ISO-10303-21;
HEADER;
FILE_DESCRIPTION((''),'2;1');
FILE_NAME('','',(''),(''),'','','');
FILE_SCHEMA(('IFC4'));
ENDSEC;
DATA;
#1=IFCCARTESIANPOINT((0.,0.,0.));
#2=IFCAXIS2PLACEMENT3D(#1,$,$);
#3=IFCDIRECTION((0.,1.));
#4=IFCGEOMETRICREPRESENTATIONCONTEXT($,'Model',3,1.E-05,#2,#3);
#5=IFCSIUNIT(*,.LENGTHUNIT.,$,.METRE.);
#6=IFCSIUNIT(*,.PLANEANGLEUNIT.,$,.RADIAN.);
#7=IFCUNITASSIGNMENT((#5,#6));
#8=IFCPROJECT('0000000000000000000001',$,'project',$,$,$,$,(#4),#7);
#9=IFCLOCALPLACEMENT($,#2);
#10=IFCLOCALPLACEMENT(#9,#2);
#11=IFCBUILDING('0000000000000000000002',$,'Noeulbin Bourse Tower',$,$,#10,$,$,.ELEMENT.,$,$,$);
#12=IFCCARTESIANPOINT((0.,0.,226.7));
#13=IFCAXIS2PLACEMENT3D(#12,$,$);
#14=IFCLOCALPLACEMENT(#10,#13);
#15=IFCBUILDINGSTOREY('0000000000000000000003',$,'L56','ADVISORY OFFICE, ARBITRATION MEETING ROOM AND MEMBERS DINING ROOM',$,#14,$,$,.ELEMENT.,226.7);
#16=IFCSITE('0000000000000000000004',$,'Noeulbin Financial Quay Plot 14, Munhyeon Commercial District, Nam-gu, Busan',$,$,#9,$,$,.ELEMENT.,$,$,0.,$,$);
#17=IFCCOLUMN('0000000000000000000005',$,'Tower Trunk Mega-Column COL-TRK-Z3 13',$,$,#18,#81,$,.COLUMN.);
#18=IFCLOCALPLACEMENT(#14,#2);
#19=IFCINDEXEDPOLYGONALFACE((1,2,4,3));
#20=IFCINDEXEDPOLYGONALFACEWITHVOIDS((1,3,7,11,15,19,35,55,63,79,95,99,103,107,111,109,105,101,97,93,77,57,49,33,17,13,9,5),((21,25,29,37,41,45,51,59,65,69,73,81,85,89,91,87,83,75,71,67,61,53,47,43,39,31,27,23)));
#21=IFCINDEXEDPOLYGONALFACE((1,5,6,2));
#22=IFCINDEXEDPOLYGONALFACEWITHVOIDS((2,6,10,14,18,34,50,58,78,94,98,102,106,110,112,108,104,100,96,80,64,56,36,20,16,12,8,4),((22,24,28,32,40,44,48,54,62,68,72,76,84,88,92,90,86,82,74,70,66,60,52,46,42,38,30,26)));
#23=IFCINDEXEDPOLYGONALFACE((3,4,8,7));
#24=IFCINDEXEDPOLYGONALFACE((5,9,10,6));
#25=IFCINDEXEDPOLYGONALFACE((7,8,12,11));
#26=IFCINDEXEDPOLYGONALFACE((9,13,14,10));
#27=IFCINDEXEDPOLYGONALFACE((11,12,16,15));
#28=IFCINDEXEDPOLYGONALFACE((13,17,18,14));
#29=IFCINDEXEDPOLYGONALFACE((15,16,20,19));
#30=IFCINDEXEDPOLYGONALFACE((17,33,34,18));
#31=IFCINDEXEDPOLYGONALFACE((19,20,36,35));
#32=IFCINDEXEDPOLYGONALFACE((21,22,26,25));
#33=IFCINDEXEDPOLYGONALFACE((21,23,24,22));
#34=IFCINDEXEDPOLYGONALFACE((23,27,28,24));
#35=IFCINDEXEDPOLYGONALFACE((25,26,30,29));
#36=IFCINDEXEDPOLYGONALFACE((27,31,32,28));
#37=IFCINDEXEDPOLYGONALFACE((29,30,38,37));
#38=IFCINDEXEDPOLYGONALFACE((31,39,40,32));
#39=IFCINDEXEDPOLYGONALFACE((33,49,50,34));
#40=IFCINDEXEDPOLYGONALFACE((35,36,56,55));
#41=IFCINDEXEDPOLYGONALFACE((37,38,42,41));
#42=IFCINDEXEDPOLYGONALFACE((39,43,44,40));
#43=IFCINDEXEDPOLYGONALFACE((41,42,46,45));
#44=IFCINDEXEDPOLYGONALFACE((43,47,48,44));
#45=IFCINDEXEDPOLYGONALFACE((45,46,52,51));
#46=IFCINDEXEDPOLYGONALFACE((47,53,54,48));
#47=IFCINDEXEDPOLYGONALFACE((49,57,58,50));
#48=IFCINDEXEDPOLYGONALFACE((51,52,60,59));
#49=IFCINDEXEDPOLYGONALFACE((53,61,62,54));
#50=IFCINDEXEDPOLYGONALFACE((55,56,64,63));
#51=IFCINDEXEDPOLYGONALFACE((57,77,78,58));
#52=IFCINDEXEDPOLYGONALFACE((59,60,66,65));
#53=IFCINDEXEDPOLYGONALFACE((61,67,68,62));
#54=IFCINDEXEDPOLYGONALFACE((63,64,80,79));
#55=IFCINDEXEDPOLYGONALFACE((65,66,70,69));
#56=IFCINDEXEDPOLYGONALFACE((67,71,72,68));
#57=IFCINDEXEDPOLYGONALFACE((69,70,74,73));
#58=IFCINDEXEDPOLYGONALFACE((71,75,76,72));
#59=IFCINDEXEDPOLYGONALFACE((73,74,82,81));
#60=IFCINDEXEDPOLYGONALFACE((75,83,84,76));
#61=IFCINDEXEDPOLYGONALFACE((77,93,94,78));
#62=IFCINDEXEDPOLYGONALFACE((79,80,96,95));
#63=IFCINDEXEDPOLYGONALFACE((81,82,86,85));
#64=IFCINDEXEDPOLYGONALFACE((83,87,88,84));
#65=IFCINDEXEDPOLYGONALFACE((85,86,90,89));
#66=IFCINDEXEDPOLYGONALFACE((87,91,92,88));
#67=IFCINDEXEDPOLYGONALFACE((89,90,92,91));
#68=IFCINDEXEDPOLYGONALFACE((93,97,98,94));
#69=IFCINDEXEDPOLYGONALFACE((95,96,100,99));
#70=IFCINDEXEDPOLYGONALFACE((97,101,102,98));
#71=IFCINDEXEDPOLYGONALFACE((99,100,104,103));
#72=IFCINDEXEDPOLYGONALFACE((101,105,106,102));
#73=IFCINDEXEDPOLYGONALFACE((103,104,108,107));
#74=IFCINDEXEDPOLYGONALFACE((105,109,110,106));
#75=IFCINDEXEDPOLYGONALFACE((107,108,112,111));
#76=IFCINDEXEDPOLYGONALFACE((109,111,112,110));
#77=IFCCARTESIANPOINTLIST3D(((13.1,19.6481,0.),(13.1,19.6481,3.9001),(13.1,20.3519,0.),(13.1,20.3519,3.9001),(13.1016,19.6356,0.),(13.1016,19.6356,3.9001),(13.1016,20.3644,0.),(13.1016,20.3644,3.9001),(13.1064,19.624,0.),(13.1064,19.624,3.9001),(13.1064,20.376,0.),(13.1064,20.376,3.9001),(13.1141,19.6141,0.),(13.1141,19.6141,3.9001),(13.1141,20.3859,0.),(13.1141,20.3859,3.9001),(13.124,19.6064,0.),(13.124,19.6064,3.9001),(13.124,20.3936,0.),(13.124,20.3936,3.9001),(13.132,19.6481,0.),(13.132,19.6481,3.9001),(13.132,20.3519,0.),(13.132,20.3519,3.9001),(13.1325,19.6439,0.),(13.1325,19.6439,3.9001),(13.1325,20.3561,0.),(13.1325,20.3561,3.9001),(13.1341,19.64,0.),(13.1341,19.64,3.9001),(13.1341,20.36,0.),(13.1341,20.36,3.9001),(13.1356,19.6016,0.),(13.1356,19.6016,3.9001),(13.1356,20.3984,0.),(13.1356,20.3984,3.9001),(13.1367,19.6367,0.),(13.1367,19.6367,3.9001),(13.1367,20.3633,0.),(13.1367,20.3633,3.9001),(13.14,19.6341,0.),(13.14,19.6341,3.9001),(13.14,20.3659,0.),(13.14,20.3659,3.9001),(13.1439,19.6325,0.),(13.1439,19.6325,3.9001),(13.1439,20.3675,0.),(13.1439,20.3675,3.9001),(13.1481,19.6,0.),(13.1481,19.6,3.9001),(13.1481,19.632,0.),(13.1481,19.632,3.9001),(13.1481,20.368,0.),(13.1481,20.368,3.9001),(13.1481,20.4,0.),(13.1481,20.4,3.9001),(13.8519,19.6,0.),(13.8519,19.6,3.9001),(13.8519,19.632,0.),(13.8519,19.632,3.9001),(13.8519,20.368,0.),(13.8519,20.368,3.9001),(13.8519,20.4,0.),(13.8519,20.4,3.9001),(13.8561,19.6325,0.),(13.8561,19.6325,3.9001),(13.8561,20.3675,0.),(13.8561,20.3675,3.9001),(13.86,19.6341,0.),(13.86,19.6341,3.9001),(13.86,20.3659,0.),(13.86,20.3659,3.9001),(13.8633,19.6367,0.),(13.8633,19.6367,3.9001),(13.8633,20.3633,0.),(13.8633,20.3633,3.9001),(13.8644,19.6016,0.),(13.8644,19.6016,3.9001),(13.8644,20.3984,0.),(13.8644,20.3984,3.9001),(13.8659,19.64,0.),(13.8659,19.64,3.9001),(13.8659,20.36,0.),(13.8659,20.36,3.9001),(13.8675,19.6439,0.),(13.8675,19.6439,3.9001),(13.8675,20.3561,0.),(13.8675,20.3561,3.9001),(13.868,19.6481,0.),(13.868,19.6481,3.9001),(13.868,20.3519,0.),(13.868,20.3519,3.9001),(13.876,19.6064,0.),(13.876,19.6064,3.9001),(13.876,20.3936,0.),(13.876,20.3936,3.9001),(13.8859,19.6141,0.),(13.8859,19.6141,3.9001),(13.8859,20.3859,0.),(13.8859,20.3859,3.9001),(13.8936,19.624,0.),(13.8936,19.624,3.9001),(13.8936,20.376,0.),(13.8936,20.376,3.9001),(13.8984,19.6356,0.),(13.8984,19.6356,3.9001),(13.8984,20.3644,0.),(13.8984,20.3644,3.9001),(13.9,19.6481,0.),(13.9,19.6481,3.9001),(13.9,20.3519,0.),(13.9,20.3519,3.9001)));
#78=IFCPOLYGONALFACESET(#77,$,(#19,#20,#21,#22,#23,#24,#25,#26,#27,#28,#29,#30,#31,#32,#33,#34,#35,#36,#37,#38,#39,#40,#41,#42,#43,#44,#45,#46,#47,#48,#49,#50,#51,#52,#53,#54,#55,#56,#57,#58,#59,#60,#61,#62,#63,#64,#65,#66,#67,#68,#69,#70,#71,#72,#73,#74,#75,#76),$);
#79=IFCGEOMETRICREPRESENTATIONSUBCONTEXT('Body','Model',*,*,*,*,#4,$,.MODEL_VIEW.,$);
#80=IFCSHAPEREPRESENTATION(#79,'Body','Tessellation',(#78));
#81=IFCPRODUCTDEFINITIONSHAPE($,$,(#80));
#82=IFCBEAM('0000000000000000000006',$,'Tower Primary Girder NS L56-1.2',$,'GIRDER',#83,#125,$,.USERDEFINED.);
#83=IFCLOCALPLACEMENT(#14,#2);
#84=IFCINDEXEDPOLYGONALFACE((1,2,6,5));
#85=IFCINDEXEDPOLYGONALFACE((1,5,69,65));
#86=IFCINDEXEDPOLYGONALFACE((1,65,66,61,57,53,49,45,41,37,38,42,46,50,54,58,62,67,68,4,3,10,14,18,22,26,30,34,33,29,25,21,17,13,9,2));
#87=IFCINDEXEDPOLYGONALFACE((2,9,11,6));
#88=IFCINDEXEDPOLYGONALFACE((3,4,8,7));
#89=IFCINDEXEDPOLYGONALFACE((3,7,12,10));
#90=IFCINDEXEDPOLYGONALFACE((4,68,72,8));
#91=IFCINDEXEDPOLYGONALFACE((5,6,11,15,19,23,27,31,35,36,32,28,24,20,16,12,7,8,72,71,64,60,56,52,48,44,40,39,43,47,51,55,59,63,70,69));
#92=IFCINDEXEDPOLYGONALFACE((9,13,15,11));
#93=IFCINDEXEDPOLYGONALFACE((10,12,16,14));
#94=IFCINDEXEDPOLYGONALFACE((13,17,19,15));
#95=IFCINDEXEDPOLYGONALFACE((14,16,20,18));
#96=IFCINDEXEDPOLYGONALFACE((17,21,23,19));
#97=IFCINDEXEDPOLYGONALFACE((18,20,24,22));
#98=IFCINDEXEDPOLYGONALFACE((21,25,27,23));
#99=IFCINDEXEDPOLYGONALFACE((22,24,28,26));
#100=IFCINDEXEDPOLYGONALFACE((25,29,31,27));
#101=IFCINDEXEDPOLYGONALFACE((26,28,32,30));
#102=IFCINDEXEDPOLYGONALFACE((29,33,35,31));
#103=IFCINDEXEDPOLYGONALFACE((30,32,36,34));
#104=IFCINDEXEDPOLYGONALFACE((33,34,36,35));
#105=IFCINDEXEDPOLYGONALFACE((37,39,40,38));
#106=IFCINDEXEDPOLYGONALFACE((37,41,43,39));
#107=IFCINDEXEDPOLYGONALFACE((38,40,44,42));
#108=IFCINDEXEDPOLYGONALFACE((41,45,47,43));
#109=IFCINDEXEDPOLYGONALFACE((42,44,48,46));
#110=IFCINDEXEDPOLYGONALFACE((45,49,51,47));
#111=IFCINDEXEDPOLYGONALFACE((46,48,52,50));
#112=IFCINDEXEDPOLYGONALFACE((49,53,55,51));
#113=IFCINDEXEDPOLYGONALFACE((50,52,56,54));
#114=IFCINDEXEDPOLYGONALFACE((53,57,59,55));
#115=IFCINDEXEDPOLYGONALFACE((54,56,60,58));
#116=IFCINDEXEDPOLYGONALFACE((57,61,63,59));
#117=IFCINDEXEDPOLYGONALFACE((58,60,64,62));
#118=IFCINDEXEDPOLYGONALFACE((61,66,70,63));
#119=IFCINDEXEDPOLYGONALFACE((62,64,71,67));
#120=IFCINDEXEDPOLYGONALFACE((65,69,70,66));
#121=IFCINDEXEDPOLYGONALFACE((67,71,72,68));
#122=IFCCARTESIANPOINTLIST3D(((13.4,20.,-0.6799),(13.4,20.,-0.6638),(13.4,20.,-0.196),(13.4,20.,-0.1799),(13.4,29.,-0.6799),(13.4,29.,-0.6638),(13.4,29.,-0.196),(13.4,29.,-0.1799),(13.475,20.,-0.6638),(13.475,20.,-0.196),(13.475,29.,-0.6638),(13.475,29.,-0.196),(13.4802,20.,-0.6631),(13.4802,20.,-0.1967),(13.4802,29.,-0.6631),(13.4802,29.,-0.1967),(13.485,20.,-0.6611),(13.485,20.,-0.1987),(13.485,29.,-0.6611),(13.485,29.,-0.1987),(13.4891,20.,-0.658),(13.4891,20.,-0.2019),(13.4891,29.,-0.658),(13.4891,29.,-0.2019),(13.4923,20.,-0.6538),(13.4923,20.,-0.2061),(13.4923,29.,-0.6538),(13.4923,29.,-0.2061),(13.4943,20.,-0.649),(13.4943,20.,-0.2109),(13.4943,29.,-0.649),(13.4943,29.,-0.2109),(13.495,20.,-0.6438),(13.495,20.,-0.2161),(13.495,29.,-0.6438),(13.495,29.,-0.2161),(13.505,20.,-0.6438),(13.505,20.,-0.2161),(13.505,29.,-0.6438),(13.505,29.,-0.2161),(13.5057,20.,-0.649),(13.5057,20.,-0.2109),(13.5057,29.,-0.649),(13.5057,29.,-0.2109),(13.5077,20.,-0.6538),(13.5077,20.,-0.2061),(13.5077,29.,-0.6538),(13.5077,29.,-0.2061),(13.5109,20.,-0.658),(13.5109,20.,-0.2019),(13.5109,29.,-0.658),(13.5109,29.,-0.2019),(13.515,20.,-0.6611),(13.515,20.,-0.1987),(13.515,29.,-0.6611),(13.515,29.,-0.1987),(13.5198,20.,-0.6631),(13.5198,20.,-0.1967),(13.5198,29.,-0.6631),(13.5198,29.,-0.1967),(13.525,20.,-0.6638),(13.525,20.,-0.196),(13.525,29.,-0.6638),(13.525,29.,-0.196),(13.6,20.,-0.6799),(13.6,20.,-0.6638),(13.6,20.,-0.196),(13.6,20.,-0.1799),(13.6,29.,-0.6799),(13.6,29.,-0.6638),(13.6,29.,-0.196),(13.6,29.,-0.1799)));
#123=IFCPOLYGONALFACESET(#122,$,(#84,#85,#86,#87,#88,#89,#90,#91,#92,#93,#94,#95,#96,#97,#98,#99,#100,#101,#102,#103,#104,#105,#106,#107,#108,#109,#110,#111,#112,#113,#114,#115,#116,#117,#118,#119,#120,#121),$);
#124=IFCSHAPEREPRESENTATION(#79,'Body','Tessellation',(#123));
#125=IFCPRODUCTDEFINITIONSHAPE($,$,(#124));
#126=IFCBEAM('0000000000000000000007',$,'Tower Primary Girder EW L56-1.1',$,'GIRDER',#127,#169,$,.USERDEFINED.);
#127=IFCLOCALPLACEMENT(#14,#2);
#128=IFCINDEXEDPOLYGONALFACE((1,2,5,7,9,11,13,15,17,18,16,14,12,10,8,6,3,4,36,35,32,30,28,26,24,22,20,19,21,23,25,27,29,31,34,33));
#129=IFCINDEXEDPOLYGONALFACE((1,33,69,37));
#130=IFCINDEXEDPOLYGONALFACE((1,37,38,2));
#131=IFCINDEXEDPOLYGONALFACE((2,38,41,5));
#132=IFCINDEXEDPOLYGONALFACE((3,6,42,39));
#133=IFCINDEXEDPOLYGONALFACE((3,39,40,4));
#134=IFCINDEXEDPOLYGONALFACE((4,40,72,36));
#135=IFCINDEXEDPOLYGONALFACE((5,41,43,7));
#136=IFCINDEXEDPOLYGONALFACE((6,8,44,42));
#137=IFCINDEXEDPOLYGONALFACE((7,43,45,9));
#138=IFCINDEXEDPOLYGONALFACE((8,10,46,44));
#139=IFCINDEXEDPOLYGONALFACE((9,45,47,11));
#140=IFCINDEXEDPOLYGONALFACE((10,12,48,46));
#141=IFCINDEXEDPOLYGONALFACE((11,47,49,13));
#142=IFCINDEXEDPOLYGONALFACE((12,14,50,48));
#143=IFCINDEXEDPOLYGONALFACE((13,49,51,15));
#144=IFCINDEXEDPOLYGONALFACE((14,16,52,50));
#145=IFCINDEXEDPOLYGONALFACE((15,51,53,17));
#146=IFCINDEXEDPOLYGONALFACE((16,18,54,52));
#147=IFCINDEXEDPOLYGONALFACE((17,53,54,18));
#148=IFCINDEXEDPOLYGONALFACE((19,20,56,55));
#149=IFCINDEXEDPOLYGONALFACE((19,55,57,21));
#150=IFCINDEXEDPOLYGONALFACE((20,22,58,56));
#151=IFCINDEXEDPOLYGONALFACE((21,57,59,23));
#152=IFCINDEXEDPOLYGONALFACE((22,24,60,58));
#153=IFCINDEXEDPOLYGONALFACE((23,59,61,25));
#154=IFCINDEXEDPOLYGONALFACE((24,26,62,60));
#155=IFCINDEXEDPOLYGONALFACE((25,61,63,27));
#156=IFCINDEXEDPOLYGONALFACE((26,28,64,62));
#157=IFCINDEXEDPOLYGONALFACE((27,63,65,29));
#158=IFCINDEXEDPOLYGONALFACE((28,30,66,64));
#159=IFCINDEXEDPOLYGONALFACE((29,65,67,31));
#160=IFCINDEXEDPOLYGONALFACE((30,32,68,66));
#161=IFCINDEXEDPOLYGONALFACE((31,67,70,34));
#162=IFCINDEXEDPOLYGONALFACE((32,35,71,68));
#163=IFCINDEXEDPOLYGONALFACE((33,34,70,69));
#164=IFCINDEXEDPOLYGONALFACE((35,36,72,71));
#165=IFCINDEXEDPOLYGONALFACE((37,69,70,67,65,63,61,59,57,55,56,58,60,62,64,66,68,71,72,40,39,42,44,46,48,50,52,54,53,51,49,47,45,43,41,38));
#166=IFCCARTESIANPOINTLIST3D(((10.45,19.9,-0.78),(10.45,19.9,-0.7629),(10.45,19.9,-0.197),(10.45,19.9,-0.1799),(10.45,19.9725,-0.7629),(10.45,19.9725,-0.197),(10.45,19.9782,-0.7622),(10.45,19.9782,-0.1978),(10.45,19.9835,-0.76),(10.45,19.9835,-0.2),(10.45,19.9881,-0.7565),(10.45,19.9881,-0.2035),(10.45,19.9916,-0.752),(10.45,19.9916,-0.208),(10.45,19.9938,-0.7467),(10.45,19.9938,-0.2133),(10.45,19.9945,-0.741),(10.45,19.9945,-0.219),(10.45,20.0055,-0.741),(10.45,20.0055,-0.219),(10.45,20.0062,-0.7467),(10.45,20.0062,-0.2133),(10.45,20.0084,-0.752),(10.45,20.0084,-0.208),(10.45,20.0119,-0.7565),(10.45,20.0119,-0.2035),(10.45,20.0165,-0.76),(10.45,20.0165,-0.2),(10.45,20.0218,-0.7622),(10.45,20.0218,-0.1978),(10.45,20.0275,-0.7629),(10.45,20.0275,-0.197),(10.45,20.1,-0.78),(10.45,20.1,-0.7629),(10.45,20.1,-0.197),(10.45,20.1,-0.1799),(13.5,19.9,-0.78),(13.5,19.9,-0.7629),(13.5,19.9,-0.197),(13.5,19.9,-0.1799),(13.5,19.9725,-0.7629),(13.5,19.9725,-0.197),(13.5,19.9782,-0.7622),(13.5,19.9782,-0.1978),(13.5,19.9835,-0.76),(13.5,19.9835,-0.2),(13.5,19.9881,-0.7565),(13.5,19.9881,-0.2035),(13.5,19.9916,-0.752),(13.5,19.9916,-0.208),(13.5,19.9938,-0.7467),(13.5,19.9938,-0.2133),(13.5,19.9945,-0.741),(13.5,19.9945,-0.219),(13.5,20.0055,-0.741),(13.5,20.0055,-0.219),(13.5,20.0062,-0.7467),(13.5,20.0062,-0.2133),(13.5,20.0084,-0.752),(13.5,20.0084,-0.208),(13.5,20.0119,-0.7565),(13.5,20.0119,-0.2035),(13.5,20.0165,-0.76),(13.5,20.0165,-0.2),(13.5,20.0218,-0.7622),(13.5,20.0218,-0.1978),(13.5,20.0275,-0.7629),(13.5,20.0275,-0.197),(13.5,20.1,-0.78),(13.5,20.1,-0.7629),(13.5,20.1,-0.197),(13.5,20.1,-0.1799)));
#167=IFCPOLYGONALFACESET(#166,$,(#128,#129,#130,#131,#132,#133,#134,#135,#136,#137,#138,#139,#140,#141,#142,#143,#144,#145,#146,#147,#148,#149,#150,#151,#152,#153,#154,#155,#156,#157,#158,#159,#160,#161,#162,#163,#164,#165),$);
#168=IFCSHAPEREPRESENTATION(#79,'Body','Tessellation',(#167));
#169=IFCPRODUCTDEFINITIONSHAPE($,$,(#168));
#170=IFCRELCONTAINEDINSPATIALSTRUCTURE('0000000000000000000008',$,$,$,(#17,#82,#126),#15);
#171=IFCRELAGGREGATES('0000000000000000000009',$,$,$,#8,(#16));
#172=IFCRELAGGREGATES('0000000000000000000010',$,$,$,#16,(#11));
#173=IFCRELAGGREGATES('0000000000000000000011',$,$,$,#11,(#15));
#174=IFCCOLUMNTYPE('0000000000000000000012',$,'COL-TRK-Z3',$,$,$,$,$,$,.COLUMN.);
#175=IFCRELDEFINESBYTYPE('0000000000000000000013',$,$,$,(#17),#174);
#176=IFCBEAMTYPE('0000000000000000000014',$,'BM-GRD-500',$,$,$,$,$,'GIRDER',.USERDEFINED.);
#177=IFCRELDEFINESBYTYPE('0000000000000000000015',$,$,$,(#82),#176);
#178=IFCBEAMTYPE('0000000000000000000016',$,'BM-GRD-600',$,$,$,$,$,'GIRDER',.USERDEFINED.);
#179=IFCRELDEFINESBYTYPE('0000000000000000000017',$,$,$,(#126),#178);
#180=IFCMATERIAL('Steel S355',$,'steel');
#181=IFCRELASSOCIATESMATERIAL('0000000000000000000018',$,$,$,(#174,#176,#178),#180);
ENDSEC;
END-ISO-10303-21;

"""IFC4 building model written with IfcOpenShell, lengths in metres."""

from ifc_helpers import new_model, si_unit, direction, frame, origin, origin_2d, place, context, subcontext, project, spatial, hollow_rectangle, i_section, extrude, material, material_profile, profile_set, type_object, element, save


model = new_model("IFC4")

# Units and contexts
model_context = context("Model", 3, precision=1e-05, world=origin(), true_north=direction((0.0, 1.0)))
body_context = subcontext(model_context, "Body", "Model", "MODEL_VIEW")
ifc_project = project(units=[si_unit("LENGTHUNIT", "METRE"), si_unit("PLANEANGLEUNIT", "RADIAN")], contexts=[model_context])

# Site, building, storey
site_placement = place(None, origin())
site = spatial("IfcSite", under=ifc_project, at=site_placement, Name="Noeulbin Financial Quay Plot 14, Munhyeon Commercial District, Nam-gu, Busan", CompositionType="ELEMENT", RefElevation=0.0)
building_placement = place(site_placement, origin())
building = spatial("IfcBuilding", under=site, at=building_placement, Name="Noeulbin Bourse Tower", CompositionType="ELEMENT")
storey_placement = place(building_placement, frame((0.0, 0.0, 226.7)))
storey = spatial("IfcBuildingStorey", under=building, at=storey_placement, Name="L56", Description="ADVISORY OFFICE, ARBITRATION MEETING ROOM AND MEMBERS DINING ROOM", CompositionType="ELEMENT", Elevation=226.7)

# Column
ifc_material_1 = material(Name="Steel S355", Category="steel")
ifc_material_profile_1 = material_profile(ifc_material_1, hollow_rectangle(XDim=0.8, YDim=0.8, WallThickness=0.032, InnerFilletRadius=0.0161, OuterFilletRadius=0.0481, at=origin_2d()), Name="BOX-800x800x32", Category="LoadBearing")
ifc_profile_set_1 = profile_set([ifc_material_profile_1], Name="Steel S355")
column_type_1 = type_object("IfcColumnType", Name="COL-TRK-Z3", PredefinedType="COLUMN", material=ifc_profile_set_1)
column_1_placement = place(storey_placement, frame((13.5, 20.0, 0.0), z_axis=(0.0, 0.0, 1.0), x_axis=(1.0, 0.0, 0.0)))
element("IfcColumn", 1, at=column_1_placement, inside=storey, type_object=column_type_1, Name="Tower Trunk Mega-Column COL-TRK-Z3 13", PredefinedType="COLUMN", context=body_context, shape_type="SweptSolid", body=[
    extrude(hollow_rectangle(XDim=0.8, YDim=0.8, WallThickness=0.032, InnerFilletRadius=0.0161, OuterFilletRadius=0.0481, at=origin_2d()), origin(), (0.0, 0.0, 1.0), 3.9001),
])

# Beams
ifc_material_profile_2 = material_profile(ifc_material_1, i_section(OverallWidth=0.2, OverallDepth=0.5, WebThickness=0.01, FlangeThickness=0.0161, FilletRadius=0.02, at=origin_2d()), Name="H-500x200x10x16", Category="LoadBearing")
ifc_profile_set_2 = profile_set([ifc_material_profile_2], Name="Steel S355")
beam_type_1 = type_object("IfcBeamType", Name="BM-GRD-500", ElementType="GIRDER", PredefinedType="USERDEFINED", material=ifc_profile_set_2)
beam_1_placement = place(storey_placement, frame((13.5, 20.0, -0.4299), z_axis=(0.0, 1.0, 0.0), x_axis=(-1.0, 0.0, 0.0)))
element("IfcBeam", 2, at=beam_1_placement, inside=storey, type_object=beam_type_1, Name="Tower Primary Girder NS L56-1.2", ObjectType="GIRDER", PredefinedType="USERDEFINED", context=body_context, shape_type="SweptSolid", body=[
    extrude(i_section(OverallWidth=0.2, OverallDepth=0.5, WebThickness=0.01, FlangeThickness=0.0161, FilletRadius=0.02, at=origin_2d()), origin(), (0.0, 0.0, 1.0), 9.0),
])
ifc_material_profile_3 = material_profile(ifc_material_1, i_section(OverallWidth=0.2, OverallDepth=0.6001, WebThickness=0.011, FlangeThickness=0.0171, FilletRadius=0.022, at=origin_2d()), Name="H-600x200x11x17", Category="LoadBearing")
ifc_profile_set_3 = profile_set([ifc_material_profile_3], Name="Steel S355")
beam_type_2 = type_object("IfcBeamType", Name="BM-GRD-600", ElementType="GIRDER", PredefinedType="USERDEFINED", material=ifc_profile_set_3)
beam_2_placement = place(storey_placement, frame((10.45, 20.0, -0.48), z_axis=(1.0, 0.0, 0.0), x_axis=(0.0, 1.0, 0.0)))
element("IfcBeam", 3, at=beam_2_placement, inside=storey, type_object=beam_type_2, Name="Tower Primary Girder EW L56-1.1", ObjectType="GIRDER", PredefinedType="USERDEFINED", context=body_context, shape_type="SweptSolid", body=[
    extrude(i_section(OverallWidth=0.2, OverallDepth=0.6001, WebThickness=0.011, FlangeThickness=0.0171, FilletRadius=0.022, at=origin_2d()), origin(), (0.0, 0.0, 1.0), 3.05),
])

save(model, "model.ifc")
